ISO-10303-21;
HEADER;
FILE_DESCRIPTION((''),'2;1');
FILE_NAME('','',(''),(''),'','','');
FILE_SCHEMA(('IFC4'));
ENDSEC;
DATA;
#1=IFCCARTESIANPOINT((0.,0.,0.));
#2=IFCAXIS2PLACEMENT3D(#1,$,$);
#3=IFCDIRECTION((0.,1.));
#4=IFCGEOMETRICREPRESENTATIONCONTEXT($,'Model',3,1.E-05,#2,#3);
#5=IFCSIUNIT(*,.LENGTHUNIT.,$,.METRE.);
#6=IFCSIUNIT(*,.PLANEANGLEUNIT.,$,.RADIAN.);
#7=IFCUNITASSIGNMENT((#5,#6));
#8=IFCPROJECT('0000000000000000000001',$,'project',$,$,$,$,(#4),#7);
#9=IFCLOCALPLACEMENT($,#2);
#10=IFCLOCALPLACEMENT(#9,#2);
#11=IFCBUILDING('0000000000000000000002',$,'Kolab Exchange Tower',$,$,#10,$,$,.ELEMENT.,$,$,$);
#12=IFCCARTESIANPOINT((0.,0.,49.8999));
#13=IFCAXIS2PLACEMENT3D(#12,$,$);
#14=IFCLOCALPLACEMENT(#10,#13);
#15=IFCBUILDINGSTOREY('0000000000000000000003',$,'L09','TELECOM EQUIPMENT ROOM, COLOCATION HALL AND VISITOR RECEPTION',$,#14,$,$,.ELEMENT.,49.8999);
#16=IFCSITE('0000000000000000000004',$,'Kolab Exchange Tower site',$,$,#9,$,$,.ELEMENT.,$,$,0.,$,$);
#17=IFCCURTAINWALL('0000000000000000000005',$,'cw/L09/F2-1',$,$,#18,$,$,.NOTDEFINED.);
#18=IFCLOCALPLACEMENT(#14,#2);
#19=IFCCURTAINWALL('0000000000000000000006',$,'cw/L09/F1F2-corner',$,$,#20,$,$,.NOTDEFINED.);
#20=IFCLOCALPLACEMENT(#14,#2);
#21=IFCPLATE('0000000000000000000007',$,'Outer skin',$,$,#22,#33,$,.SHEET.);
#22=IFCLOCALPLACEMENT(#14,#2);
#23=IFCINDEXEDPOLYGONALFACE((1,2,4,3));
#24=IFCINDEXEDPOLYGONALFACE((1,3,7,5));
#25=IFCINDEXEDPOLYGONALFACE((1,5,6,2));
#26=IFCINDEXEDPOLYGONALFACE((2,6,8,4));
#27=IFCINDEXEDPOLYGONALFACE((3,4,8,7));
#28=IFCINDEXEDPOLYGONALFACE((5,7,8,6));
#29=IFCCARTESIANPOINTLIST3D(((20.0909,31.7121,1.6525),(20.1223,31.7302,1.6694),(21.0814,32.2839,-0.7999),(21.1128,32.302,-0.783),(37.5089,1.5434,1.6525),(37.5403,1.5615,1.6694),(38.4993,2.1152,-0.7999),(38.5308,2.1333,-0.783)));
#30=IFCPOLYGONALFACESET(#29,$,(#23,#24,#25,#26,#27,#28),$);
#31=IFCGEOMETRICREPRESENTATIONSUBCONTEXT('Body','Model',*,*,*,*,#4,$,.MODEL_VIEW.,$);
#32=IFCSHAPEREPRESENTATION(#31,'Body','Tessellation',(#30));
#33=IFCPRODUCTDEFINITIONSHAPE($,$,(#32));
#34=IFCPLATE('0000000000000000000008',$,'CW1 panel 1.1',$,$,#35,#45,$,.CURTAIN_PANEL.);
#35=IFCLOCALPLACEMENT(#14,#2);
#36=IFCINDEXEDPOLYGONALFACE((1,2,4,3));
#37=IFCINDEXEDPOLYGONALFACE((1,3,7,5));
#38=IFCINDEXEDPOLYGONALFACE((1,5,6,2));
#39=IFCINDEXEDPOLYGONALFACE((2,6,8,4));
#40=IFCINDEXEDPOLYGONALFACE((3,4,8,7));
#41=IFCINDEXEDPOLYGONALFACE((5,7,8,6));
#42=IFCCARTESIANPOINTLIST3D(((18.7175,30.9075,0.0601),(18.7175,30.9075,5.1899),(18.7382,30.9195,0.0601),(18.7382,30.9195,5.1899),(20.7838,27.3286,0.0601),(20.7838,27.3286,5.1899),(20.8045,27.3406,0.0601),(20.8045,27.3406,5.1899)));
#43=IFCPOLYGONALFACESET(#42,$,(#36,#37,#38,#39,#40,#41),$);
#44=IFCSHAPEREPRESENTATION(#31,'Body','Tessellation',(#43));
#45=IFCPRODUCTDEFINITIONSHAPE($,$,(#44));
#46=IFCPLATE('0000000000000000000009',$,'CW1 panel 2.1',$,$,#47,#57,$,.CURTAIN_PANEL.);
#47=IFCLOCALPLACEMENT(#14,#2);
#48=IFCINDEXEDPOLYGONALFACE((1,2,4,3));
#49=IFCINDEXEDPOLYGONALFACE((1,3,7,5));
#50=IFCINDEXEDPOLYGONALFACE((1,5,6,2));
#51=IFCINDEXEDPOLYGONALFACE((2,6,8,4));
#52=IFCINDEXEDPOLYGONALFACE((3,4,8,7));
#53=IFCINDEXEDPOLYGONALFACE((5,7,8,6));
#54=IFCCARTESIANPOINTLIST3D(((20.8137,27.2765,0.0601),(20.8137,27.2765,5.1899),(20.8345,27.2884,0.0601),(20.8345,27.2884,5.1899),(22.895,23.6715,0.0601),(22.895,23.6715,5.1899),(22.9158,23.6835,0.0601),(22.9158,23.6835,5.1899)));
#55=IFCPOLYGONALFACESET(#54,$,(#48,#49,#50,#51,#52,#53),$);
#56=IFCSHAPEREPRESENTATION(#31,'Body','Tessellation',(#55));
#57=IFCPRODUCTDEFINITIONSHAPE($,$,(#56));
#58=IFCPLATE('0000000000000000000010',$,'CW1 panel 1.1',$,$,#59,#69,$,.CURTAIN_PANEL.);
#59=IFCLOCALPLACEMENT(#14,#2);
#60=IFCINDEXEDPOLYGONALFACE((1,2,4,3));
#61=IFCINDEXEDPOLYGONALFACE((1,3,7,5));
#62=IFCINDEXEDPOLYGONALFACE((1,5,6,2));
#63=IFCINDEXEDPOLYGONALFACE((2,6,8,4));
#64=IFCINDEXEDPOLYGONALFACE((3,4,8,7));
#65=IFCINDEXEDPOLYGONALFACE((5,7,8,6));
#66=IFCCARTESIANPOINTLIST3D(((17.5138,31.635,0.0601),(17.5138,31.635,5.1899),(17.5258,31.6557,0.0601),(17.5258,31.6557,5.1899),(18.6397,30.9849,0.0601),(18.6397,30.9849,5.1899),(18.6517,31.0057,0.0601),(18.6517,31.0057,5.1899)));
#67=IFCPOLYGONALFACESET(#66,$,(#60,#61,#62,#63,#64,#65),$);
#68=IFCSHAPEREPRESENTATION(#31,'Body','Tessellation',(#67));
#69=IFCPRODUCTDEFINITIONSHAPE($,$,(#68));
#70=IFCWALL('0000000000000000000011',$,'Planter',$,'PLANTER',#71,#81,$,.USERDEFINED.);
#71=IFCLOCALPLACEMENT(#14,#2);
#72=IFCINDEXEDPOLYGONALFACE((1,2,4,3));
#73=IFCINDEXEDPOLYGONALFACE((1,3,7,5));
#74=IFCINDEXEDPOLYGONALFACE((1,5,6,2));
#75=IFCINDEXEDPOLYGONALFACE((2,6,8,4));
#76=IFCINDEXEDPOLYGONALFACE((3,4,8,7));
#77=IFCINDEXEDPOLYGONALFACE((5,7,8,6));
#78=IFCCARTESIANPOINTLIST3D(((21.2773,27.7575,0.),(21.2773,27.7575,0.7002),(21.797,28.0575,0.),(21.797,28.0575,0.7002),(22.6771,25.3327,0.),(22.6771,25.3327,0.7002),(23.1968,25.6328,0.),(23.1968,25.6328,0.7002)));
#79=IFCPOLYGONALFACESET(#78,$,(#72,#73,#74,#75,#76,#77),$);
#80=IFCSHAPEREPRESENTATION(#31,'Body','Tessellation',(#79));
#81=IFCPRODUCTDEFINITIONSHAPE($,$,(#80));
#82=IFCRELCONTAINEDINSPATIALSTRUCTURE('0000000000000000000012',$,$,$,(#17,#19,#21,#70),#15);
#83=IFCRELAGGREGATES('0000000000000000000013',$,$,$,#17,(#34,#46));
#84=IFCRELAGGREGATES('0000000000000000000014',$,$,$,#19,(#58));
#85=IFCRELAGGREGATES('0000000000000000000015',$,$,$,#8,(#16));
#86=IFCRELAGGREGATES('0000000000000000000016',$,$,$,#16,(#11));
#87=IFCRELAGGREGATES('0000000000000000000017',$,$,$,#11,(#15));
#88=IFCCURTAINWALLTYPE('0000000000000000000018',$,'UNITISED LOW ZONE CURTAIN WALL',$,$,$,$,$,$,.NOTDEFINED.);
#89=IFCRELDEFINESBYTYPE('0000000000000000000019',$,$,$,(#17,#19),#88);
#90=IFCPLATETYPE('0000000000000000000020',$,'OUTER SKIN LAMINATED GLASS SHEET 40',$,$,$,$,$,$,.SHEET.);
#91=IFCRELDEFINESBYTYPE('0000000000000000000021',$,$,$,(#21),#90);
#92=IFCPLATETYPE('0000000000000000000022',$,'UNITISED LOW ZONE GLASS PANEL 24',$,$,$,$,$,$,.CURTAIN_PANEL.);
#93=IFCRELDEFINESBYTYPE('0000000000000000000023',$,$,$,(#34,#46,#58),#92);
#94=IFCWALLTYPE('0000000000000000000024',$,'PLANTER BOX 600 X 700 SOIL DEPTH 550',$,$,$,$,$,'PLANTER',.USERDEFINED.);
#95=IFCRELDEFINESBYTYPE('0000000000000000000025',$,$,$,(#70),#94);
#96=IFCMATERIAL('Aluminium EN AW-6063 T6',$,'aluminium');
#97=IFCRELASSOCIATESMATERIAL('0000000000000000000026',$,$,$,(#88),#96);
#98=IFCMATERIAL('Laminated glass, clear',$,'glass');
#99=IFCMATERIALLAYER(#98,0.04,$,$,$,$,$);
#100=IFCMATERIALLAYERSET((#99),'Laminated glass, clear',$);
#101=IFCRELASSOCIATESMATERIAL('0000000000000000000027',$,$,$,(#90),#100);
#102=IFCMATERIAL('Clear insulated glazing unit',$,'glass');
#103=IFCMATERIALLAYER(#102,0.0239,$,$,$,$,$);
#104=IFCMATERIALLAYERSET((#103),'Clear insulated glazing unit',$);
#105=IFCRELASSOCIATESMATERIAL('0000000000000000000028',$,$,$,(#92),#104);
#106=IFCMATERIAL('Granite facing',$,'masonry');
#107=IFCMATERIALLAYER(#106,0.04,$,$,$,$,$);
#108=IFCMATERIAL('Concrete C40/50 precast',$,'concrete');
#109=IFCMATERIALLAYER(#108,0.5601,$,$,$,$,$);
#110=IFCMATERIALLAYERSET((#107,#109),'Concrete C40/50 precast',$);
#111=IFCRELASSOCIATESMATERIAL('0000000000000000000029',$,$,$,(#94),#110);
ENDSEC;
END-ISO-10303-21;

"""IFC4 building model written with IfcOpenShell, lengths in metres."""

from ifc_helpers import new_model, si_unit, direction, frame, frame_2d, origin, origin_2d, place, context, subcontext, project, spatial, polyline, rectangle, outline, extrude, material, layer, layer_set, type_object, element, aggregate, save


model = new_model("IFC4")

# Units and contexts
model_context = context("Model", 3, precision=1e-05, world=origin(), true_north=direction((0.0, 1.0)))
body_context = subcontext(model_context, "Body", "Model", "MODEL_VIEW")
ifc_project = project(units=[si_unit("LENGTHUNIT", "METRE"), si_unit("PLANEANGLEUNIT", "RADIAN")], contexts=[model_context])

# Site, building, storey
site_placement = place(None, origin())
site = spatial("IfcSite", under=ifc_project, at=site_placement, Name="Kolab Exchange Tower site", CompositionType="ELEMENT", RefElevation=0.0)
building_placement = place(site_placement, origin())
building = spatial("IfcBuilding", under=site, at=building_placement, Name="Kolab Exchange Tower", CompositionType="ELEMENT")
storey_placement = place(building_placement, frame((0.0, 0.0, 49.8999)))
storey = spatial("IfcBuildingStorey", under=building, at=storey_placement, Name="L09", Description="TELECOM EQUIPMENT ROOM, COLOCATION HALL AND VISITOR RECEPTION", CompositionType="ELEMENT", Elevation=49.8999)

# Curtain wall
ifc_material_1 = material(Name="Aluminium EN AW-6063 T6", Category="aluminium")
curtain_wall_type = type_object("IfcCurtainWallType", Name="UNITISED LOW ZONE CURTAIN WALL", PredefinedType="NOTDEFINED", material=ifc_material_1)
curtain_wall_1_placement = place(storey_placement, origin())
curtain_wall_1 = element("IfcCurtainWall", 1, at=curtain_wall_1_placement, inside=storey, type_object=curtain_wall_type, Name="cw/L09/F2-1", PredefinedType="NOTDEFINED")

# Curtain wall
curtain_wall_2_placement = place(storey_placement, origin())
curtain_wall_2 = element("IfcCurtainWall", 2, at=curtain_wall_2_placement, inside=storey, type_object=curtain_wall_type, Name="cw/L09/F1F2-corner", PredefinedType="NOTDEFINED")

# Plates
ifc_material_2 = material(Name="Laminated glass, clear", Category="glass")
ifc_layer_1 = layer(ifc_material_2, 0.04)
ifc_layer_set_1 = layer_set([ifc_layer_1], Name="Laminated glass, clear")
plate_type_1 = type_object("IfcPlateType", Name="OUTER SKIN LAMINATED GLASS SHEET 40", PredefinedType="SHEET", material=ifc_layer_set_1)
plate_1_placement = place(storey_placement, frame((21.1128, 32.302, -0.783), z_axis=(0.784873, 0.453148, 0.422648), x_axis=(0.500001, -0.866025, 0.0)))
element("IfcPlate", 3, at=plate_1_placement, inside=storey, type_object=plate_type_1, Name="Outer skin", PredefinedType="SHEET", context=body_context, shape_type="SweptSolid", body=[
    extrude(outline(polyline([(0.0, 0.0), (34.8358, 0.0), (34.8358, -2.706), (-0.0001, -2.706), (0.0, 0.0)])), origin(), (0.0, 0.0, -1.0), 0.04),
])
ifc_material_3 = material(Name="Clear insulated glazing unit", Category="glass")
ifc_layer_2 = layer(ifc_material_3, 0.0239)
ifc_layer_set_2 = layer_set([ifc_layer_2], Name="Clear insulated glazing unit")
plate_type_2 = type_object("IfcPlateType", Name="UNITISED LOW ZONE GLASS PANEL 24", PredefinedType="CURTAIN_PANEL", material=ifc_layer_set_2)
plate_2_placement = place(storey_placement, frame((19.761, 29.124, 0.0601), z_axis=(0.0, 0.0, 1.0), x_axis=(0.5, -0.866025, 0.0)))
plate_2 = element("IfcPlate", 4, at=plate_2_placement, type_object=plate_type_2, Name="CW1 panel 1.1", PredefinedType="CURTAIN_PANEL", context=body_context, shape_type="SweptSolid", body=[
    extrude(rectangle(XDim=4.1326, YDim=0.0239, at=origin_2d()), origin(), (0.0, 0.0, 1.0), 5.1299),
])
plate_3_placement = place(storey_placement, frame((21.8647, 25.48, 0.0601), z_axis=(0.0, 0.0, 1.0), x_axis=(0.5, -0.866025, 0.0)))
plate_3 = element("IfcPlate", 5, at=plate_3_placement, type_object=plate_type_2, Name="CW1 panel 2.1", PredefinedType="CURTAIN_PANEL", context=body_context, shape_type="SweptSolid", body=[
    extrude(rectangle(XDim=4.1626, YDim=0.0239, at=origin_2d()), origin(), (0.0, 0.0, 1.0), 5.1299),
])
aggregate(curtain_wall_1, [plate_2, plate_3])
plate_4_placement = place(storey_placement, frame((18.0828, 31.3203, 0.0601), z_axis=(0.0, 0.0, 1.0), x_axis=(0.866025, -0.5, 0.0)))
plate_4 = element("IfcPlate", 6, at=plate_4_placement, type_object=plate_type_2, Name="CW1 panel 1.1", PredefinedType="CURTAIN_PANEL", context=body_context, shape_type="SweptSolid", body=[
    extrude(rectangle(XDim=1.3, YDim=0.0239, at=origin_2d()), origin(), (0.0, 0.0, 1.0), 5.1299),
])
aggregate(curtain_wall_2, [plate_4])

# Wall
ifc_material_4 = material(Name="Granite facing", Category="masonry")
ifc_layer_3 = layer(ifc_material_4, 0.04)
ifc_material_5 = material(Name="Concrete C40/50 precast", Category="concrete")
ifc_layer_4 = layer(ifc_material_5, 0.5601)
ifc_layer_set_3 = layer_set([ifc_layer_3, ifc_layer_4], Name="Concrete C40/50 precast")
wall_type = type_object("IfcWallType", Name="PLANTER BOX 600 X 700 SOIL DEPTH 550", ElementType="PLANTER", PredefinedType="USERDEFINED", material=ifc_layer_set_3)
wall_placement = place(storey_placement, frame((21.5371, 27.9075, 0.0), z_axis=(0.0, 0.0, 1.0), x_axis=(0.499984, -0.866035, 0.0)))
element("IfcWall", 7, at=wall_placement, inside=storey, type_object=wall_type, Name="Planter", ObjectType="PLANTER", PredefinedType="USERDEFINED", context=body_context, shape_type="SweptSolid", body=[
    extrude(rectangle(XDim=2.7998, YDim=0.6001, at=frame_2d((1.3999, 0.0))), origin(), (0.0, 0.0, 1.0), 0.7002),
])

save(model, "model.ifc")
